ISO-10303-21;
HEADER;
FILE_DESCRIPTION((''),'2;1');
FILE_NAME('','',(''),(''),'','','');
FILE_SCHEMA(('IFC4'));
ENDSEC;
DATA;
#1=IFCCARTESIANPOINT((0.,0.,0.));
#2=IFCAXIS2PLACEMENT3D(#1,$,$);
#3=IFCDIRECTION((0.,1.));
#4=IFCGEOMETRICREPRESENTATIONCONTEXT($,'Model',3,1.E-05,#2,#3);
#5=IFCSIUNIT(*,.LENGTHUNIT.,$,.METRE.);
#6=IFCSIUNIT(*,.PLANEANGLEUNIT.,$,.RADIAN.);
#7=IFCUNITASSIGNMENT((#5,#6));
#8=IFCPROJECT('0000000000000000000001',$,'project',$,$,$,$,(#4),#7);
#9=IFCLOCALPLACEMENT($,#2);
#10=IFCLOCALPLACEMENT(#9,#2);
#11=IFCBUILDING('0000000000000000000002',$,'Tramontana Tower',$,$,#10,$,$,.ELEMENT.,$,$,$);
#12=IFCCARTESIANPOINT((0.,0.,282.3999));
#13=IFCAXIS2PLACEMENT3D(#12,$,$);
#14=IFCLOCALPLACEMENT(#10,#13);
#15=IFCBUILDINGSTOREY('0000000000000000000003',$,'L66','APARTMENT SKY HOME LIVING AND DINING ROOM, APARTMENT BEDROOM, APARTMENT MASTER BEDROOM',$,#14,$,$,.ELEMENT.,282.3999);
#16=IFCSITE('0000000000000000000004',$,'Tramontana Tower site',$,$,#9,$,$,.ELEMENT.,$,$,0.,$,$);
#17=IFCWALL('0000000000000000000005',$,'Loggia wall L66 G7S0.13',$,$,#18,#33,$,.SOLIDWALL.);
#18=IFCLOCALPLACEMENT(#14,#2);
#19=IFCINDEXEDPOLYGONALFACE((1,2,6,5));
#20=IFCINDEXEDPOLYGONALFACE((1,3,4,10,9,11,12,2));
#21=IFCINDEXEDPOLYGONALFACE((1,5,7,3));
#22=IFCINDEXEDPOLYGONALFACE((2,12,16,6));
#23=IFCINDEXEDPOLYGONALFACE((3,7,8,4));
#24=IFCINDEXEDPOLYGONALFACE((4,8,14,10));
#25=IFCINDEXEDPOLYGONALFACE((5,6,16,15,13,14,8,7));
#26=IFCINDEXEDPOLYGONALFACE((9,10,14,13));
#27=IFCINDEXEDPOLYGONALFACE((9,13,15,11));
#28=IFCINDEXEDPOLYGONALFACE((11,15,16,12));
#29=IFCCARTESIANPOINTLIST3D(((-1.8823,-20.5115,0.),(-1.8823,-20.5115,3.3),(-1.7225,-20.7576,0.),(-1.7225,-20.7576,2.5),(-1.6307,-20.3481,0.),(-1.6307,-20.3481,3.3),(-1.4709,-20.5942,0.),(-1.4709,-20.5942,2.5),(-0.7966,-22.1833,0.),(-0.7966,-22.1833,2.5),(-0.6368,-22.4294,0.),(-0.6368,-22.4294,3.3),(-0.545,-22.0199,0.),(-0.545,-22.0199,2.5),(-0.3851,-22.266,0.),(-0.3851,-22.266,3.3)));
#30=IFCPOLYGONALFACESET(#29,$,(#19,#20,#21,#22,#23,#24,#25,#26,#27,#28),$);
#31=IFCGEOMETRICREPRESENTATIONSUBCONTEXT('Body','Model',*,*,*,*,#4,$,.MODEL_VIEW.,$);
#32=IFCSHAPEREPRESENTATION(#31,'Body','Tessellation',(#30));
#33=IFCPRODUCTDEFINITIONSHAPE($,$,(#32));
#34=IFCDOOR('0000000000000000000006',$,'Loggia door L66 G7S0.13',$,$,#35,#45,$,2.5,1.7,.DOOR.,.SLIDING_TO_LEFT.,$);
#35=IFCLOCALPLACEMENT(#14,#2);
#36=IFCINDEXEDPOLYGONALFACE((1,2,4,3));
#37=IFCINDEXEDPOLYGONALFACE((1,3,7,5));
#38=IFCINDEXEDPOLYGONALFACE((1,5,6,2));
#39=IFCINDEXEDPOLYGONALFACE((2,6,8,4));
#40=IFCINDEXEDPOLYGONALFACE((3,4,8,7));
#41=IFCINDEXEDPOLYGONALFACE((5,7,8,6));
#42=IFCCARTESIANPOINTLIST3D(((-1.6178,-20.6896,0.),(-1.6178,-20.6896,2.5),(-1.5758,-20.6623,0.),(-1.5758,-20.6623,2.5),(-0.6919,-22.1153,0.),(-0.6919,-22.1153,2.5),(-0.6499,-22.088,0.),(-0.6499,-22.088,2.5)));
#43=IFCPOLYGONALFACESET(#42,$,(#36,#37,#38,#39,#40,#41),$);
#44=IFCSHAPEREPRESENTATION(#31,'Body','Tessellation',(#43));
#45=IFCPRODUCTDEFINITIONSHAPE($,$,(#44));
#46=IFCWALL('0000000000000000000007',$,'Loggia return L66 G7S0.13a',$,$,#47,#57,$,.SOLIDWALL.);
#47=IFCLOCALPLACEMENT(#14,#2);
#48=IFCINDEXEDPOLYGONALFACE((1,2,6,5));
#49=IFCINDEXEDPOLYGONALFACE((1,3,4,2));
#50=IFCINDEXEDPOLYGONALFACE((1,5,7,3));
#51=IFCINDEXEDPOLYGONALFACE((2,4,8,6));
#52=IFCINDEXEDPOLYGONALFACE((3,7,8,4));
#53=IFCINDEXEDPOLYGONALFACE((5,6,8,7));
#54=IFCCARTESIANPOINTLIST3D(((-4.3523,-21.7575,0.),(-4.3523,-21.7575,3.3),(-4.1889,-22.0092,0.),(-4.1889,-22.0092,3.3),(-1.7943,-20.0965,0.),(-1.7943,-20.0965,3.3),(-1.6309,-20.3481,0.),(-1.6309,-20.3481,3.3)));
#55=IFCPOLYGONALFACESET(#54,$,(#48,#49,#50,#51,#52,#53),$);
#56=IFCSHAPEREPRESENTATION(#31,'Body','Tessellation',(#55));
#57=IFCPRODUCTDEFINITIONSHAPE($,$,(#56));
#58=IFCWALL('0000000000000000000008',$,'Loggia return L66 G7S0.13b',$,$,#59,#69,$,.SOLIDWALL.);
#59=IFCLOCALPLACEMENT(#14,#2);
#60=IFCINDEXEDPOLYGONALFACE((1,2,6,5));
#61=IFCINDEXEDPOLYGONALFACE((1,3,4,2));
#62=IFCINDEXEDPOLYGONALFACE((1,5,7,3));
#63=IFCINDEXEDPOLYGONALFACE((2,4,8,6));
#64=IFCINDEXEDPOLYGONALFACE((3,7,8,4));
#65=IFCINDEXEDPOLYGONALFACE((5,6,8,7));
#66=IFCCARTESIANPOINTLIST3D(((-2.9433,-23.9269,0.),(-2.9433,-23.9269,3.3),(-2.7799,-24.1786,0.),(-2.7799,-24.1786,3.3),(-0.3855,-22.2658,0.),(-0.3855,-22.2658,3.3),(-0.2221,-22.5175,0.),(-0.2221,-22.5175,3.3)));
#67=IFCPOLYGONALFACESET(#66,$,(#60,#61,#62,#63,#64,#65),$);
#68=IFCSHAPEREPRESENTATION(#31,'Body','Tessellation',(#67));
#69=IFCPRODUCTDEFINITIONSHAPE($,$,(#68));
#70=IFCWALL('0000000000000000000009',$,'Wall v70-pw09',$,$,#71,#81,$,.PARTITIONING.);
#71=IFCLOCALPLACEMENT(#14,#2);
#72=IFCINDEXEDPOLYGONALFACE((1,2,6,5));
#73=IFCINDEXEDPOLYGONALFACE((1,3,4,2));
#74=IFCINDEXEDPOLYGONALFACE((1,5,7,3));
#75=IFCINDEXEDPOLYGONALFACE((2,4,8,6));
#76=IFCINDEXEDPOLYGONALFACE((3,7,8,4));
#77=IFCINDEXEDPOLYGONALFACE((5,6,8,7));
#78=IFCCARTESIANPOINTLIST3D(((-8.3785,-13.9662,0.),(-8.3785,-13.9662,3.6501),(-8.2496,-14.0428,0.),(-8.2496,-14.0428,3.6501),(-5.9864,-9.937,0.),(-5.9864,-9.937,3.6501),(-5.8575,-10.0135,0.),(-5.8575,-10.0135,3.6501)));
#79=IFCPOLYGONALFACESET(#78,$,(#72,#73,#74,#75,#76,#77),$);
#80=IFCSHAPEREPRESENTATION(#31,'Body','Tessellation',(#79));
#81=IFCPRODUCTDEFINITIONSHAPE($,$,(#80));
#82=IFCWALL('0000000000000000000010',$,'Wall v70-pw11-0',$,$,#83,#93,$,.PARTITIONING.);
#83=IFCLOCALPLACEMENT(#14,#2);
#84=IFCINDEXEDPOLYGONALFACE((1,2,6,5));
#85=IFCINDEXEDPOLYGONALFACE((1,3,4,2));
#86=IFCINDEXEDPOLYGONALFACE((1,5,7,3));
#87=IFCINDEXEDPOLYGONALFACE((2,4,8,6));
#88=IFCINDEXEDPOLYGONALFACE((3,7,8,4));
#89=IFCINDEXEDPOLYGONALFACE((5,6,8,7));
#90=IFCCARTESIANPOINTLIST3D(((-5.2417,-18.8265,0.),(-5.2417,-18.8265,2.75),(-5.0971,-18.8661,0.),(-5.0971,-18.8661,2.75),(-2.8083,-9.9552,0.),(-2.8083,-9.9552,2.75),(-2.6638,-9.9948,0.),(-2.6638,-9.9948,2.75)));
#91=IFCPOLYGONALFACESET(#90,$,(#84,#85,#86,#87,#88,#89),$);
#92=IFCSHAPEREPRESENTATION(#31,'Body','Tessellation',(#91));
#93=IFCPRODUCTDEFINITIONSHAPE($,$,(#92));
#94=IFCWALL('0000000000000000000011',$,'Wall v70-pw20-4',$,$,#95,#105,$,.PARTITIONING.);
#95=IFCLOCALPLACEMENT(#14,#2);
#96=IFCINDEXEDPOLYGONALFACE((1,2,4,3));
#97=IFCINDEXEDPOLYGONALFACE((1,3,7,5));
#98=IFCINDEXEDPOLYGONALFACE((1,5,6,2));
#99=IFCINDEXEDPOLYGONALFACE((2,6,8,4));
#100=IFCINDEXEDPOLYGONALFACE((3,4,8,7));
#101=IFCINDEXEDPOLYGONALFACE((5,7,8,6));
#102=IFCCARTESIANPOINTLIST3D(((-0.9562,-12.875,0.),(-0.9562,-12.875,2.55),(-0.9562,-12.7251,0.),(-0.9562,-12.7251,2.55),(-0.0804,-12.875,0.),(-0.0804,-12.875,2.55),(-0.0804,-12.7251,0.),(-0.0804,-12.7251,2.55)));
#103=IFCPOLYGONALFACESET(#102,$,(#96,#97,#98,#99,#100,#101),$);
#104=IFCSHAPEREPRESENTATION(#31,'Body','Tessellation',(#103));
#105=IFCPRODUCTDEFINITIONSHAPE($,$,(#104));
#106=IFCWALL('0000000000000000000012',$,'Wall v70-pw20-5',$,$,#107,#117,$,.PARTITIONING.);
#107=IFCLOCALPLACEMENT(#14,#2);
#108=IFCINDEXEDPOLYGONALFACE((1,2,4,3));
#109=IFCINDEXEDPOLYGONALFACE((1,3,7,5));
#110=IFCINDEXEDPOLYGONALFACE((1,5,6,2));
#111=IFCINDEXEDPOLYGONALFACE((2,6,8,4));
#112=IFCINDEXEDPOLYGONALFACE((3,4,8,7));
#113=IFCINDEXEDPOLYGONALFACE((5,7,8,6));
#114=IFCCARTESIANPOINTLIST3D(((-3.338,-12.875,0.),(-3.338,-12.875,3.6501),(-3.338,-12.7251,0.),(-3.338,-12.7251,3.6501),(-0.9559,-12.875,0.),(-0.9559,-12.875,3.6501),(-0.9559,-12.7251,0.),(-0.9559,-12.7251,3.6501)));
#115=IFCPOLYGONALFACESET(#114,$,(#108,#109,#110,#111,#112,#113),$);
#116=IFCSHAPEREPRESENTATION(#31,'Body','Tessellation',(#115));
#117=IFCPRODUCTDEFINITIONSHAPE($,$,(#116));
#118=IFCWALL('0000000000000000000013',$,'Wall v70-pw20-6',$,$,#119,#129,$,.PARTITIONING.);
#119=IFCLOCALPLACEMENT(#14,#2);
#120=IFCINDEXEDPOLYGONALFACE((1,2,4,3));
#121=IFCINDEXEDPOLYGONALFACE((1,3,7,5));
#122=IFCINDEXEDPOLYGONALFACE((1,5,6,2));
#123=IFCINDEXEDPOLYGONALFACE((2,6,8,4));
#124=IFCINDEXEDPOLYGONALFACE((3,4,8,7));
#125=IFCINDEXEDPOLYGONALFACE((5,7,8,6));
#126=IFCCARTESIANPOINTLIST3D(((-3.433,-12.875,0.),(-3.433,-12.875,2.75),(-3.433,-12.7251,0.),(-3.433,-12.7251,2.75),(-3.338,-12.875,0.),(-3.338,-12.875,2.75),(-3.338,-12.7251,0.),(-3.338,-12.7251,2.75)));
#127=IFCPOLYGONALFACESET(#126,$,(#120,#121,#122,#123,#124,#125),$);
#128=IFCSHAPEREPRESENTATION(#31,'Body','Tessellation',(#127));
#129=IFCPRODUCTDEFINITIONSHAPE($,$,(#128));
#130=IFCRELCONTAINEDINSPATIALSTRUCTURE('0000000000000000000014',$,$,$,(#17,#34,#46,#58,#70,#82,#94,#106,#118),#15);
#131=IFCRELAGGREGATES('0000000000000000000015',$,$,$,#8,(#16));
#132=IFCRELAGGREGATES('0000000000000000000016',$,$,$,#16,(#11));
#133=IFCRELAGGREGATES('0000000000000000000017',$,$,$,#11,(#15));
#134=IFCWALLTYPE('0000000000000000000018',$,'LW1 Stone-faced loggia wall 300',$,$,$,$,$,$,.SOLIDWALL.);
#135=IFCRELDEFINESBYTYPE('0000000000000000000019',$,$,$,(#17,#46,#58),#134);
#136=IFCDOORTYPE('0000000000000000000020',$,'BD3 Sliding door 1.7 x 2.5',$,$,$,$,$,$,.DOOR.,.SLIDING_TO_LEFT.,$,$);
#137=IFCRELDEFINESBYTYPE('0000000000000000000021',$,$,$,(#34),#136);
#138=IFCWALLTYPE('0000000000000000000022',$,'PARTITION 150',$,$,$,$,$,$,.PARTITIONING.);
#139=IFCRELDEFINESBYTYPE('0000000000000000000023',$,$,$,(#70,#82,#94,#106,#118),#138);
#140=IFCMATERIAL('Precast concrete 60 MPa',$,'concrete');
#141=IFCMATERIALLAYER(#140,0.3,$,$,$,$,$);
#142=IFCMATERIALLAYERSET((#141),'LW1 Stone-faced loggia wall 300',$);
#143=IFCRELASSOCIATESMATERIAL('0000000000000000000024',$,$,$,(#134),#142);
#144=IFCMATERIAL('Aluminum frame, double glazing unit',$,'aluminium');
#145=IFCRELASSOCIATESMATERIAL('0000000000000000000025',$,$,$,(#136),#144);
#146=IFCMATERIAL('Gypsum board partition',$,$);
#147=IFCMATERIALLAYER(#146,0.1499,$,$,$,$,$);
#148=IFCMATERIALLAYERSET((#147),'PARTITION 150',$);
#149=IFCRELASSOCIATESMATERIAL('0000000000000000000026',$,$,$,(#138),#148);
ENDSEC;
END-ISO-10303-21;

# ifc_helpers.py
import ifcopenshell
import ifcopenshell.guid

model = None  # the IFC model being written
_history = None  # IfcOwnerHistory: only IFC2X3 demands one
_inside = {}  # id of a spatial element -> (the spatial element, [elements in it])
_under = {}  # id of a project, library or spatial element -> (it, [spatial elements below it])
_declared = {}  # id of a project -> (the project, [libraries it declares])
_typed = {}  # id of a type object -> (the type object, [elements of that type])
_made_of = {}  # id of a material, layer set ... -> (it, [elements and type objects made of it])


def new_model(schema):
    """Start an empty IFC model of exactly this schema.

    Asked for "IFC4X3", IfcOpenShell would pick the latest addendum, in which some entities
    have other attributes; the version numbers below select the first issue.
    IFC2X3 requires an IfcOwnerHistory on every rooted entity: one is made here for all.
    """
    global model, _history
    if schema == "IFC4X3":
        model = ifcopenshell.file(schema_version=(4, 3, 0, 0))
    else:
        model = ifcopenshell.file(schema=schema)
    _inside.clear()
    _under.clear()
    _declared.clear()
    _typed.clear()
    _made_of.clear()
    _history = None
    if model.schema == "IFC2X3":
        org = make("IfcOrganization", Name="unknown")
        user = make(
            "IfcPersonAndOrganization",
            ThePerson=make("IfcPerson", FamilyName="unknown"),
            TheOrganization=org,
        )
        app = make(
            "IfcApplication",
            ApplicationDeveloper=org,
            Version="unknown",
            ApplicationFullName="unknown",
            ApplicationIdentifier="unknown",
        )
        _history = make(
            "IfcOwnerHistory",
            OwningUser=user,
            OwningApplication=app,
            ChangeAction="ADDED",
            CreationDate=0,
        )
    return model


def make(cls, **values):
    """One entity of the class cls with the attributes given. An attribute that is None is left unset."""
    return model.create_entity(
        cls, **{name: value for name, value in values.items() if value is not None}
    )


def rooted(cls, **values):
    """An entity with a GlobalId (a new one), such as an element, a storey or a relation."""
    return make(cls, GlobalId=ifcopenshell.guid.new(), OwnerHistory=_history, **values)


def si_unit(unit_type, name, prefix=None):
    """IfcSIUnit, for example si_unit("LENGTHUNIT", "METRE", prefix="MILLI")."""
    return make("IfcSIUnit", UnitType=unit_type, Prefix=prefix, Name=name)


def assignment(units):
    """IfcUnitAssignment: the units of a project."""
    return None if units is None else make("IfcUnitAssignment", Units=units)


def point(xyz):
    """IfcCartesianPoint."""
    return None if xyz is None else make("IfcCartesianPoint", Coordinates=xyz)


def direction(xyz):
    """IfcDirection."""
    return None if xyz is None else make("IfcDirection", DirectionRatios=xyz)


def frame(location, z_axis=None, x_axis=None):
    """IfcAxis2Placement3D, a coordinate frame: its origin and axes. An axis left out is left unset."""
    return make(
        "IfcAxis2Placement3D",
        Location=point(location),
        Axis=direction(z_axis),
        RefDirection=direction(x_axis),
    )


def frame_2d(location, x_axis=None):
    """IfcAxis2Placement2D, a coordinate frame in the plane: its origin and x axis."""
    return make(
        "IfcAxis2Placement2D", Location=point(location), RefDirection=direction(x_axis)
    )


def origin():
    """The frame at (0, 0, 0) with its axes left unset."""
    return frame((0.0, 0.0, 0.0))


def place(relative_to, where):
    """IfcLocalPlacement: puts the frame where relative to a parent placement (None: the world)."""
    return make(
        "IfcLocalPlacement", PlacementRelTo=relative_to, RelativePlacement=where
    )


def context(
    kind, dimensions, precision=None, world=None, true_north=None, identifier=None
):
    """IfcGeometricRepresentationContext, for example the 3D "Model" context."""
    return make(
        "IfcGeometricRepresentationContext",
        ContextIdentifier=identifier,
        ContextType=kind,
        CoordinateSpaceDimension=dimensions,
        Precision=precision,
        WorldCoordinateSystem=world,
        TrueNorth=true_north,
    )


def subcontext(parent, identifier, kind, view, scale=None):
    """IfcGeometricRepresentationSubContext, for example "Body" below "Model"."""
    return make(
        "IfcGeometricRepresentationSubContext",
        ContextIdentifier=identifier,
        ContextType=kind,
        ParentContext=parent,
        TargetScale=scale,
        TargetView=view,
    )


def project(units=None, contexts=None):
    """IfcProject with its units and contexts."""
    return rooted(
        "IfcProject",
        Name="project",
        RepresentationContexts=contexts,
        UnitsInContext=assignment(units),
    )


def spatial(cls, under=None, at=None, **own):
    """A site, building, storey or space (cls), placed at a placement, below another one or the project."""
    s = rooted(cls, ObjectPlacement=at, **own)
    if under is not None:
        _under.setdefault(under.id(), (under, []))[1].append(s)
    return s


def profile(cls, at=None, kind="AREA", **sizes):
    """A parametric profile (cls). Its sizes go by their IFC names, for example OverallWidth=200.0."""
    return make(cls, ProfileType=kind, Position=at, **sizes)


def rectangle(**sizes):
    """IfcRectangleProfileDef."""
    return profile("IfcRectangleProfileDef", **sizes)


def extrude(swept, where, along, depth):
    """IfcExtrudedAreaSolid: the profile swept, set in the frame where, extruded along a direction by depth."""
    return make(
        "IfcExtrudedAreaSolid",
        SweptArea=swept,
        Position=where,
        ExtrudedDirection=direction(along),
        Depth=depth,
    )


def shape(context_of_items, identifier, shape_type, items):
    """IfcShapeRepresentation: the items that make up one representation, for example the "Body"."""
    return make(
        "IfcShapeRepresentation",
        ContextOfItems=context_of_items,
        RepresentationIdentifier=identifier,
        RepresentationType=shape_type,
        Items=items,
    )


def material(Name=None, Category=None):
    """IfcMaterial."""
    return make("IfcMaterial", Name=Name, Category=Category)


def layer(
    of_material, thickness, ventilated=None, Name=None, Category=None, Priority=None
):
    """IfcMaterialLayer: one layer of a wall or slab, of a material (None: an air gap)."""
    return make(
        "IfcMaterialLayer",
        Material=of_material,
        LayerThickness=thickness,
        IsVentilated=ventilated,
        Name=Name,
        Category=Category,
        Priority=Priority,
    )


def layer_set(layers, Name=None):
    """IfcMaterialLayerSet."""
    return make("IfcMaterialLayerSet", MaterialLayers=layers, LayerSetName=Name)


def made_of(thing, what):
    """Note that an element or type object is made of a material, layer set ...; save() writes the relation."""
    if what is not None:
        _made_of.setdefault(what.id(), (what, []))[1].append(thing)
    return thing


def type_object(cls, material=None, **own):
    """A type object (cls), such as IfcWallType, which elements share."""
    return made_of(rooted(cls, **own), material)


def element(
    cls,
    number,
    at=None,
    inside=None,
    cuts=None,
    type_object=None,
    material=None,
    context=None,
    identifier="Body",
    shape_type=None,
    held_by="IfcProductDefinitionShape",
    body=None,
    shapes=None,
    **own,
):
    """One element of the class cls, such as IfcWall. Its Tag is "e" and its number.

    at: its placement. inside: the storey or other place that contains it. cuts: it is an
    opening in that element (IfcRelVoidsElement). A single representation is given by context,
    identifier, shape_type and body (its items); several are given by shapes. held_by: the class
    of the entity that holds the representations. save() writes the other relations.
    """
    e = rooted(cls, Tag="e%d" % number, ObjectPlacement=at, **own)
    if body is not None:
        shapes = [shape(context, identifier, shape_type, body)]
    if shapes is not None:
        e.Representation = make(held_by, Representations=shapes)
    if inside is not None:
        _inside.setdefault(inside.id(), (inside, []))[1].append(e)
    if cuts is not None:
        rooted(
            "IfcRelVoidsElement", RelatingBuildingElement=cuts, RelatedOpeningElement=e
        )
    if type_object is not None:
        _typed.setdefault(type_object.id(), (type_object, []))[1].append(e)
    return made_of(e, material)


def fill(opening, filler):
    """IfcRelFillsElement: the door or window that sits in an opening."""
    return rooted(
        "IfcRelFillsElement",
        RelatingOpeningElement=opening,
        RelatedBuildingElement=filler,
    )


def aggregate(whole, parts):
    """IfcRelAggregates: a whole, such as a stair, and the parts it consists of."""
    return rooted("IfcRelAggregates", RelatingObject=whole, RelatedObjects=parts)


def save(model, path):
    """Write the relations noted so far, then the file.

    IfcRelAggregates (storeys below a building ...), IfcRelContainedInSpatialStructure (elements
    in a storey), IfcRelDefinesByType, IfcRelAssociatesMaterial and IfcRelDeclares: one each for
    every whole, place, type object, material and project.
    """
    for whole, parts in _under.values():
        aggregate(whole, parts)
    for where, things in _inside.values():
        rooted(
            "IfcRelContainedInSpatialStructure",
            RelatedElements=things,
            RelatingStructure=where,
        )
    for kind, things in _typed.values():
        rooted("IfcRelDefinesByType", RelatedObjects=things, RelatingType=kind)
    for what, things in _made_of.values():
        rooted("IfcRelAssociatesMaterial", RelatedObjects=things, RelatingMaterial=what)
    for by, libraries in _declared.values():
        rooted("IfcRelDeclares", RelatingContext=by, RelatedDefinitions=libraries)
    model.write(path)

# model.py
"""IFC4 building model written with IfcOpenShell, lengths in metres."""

from ifc_helpers import new_model, si_unit, direction, frame, frame_2d, origin, place, context, subcontext, project, spatial, rectangle, extrude, material, layer, layer_set, type_object, element, fill, save


model = new_model("IFC4")

# Units and contexts
model_context = context("Model", 3, precision=1e-05, world=origin(), true_north=direction((0.0, 1.0)))
body_context = subcontext(model_context, "Body", "Model", "MODEL_VIEW")
ifc_project = project(units=[si_unit("LENGTHUNIT", "METRE"), si_unit("PLANEANGLEUNIT", "RADIAN")], contexts=[model_context])

# Site, building, storey
site_placement = place(None, origin())
site = spatial("IfcSite", under=ifc_project, at=site_placement, Name="Tramontana Tower site", CompositionType="ELEMENT", RefElevation=0.0)
building_placement = place(site_placement, origin())
building = spatial("IfcBuilding", under=site, at=building_placement, Name="Tramontana Tower", CompositionType="ELEMENT")
storey_placement = place(building_placement, frame((0.0, 0.0, 282.3999)))
storey = spatial("IfcBuildingStorey", under=building, at=storey_placement, Name="L66", Description="APARTMENT SKY HOME LIVING AND DINING ROOM, APARTMENT BEDROOM, APARTMENT MASTER BEDROOM", CompositionType="ELEMENT", Elevation=282.3999)

# Wall, opening, door
ifc_material_1 = material(Name="Precast concrete 60 MPa", Category="concrete")
ifc_layer_1 = layer(ifc_material_1, 0.3)
ifc_layer_set_1 = layer_set([ifc_layer_1], Name="LW1 Stone-faced loggia wall 300")
wall_type_1 = type_object("IfcWallType", Name="LW1 Stone-faced loggia wall 300", PredefinedType="SOLIDWALL", material=ifc_layer_set_1)
wall_1_placement = place(storey_placement, frame((-1.7566, -20.4297, 0.0), z_axis=(0.0, 0.0, 1.0), x_axis=(0.544658, -0.838658, 0.0)))
wall_1 = element("IfcWall", 1, at=wall_1_placement, inside=storey, type_object=wall_type_1, Name="Loggia wall L66 G7S0.13", PredefinedType="SOLIDWALL", context=body_context, shape_type="SweptSolid", body=[
    extrude(rectangle(XDim=2.2869, YDim=0.3, at=frame_2d((1.1436, 0.0))), origin(), (0.0, 0.0, 1.0), 3.3),
])
opening_1_placement = place(wall_1_placement, frame((0.2935, 0.0, 0.0)))
opening_1 = element("IfcOpeningElement", 2, at=opening_1_placement, cuts=wall_1, PredefinedType="OPENING", context=body_context, shape_type="SweptSolid", body=[
    extrude(rectangle(XDim=1.7, YDim=2.5, at=frame_2d((0.8501, 1.25))), frame((0.0, 0.1599, 0.0), z_axis=(0.0, -1.0, 0.0), x_axis=(1.0, 0.0, 0.0)), (0.0, 0.0, 1.0), 0.3201),
])
ifc_material_2 = material(Name="Aluminum frame, double glazing unit", Category="aluminium")
door_type = type_object("IfcDoorType", Name="BD3 Sliding door 1.7 x 2.5", OperationType="SLIDING_TO_LEFT", PredefinedType="DOOR", material=ifc_material_2)
door_placement = place(opening_1_placement, origin())
door = element("IfcDoor", 3, at=door_placement, inside=storey, type_object=door_type, Name="Loggia door L66 G7S0.13", OperationType="SLIDING_TO_LEFT", OverallHeight=2.5, OverallWidth=1.7, PredefinedType="DOOR", context=body_context, shape_type="SweptSolid", body=[
    extrude(rectangle(XDim=1.7, YDim=2.5, at=frame_2d((0.8501, 1.25))), frame((0.0, 0.0249, 0.0), z_axis=(0.0, -1.0, 0.0), x_axis=(1.0, 0.0, 0.0)), (0.0, 0.0, 1.0), 0.05),
])
fill(opening_1, door)

# Walls
wall_2_placement = place(storey_placement, frame((-4.2705, -21.8833, 0.0), z_axis=(0.0, 0.0, 1.0), x_axis=(0.838689, 0.544611, 0.0)))
element("IfcWall", 4, at=wall_2_placement, inside=storey, type_object=wall_type_1, Name="Loggia return L66 G7S0.13a", PredefinedType="SOLIDWALL", context=body_context, shape_type="SweptSolid", body=[
    extrude(rectangle(XDim=3.05, YDim=0.3, at=frame_2d((1.5249, 0.0))), origin(), (0.0, 0.0, 1.0), 3.3),
])
wall_3_placement = place(storey_placement, frame((-2.8616, -24.0527, 0.0), z_axis=(0.0, 0.0, 1.0), x_axis=(0.838665, 0.544648, 0.0)))
element("IfcWall", 5, at=wall_3_placement, inside=storey, type_object=wall_type_1, Name="Loggia return L66 G7S0.13b", PredefinedType="SOLIDWALL", context=body_context, shape_type="SweptSolid", body=[
    extrude(rectangle(XDim=3.0498, YDim=0.3, at=frame_2d((1.5249, 0.0))), origin(), (0.0, 0.0, 1.0), 3.3),
])
ifc_material_3 = material(Name="Gypsum board partition")
ifc_layer_2 = layer(ifc_material_3, 0.1499)
ifc_layer_set_2 = layer_set([ifc_layer_2], Name="PARTITION 150")
wall_type_2 = type_object("IfcWallType", Name="PARTITION 150", PredefinedType="PARTITIONING", material=ifc_layer_set_2)
wall_4_placement = place(storey_placement, frame((-8.314, -14.0044, 0.0), z_axis=(0.0, 0.0, 1.0), x_axis=(0.510491, 0.859883, 0.0)))
element("IfcWall", 6, at=wall_4_placement, inside=storey, type_object=wall_type_2, Name="Wall v70-pw09", PredefinedType="PARTITIONING", context=body_context, shape_type="SweptSolid", body=[
    extrude(rectangle(XDim=4.6858, YDim=0.1499, at=frame_2d((2.3428, 0.0))), origin(), (0.0, 0.0, 1.0), 3.6501),
])
wall_5_placement = place(storey_placement, frame((-5.1694, -18.8464, 0.0), z_axis=(0.0, 0.0, 1.0), x_axis=(0.264523, 0.964379, 0.0)))
element("IfcWall", 7, at=wall_5_placement, inside=storey, type_object=wall_type_2, Name="Wall v70-pw11-0", PredefinedType="PARTITIONING", context=body_context, shape_type="SweptSolid", body=[
    extrude(rectangle(XDim=9.199, YDim=0.1499, at=frame_2d((4.5996, 0.0))), origin(), (0.0, 0.0, 1.0), 2.75),
])
wall_6_placement = place(storey_placement, frame((-0.0803, -12.8, 0.0), z_axis=(0.0, 0.0, 1.0), x_axis=(-1.0, 0.0, 0.0)))
element("IfcWall", 8, at=wall_6_placement, inside=storey, type_object=wall_type_2, Name="Wall v70-pw20-4", PredefinedType="PARTITIONING", context=body_context, shape_type="SweptSolid", body=[
    extrude(rectangle(XDim=0.8757, YDim=0.1499, at=frame_2d((0.438, 0.0))), origin(), (0.0, 0.0, 1.0), 2.55),
])
wall_7_placement = place(storey_placement, frame((-0.9561, -12.8, 0.0), z_axis=(0.0, 0.0, 1.0), x_axis=(-1.0, 0.0, 0.0)))
element("IfcWall", 9, at=wall_7_placement, inside=storey, type_object=wall_type_2, Name="Wall v70-pw20-5", PredefinedType="PARTITIONING", context=body_context, shape_type="SweptSolid", body=[
    extrude(rectangle(XDim=2.3821, YDim=0.1499, at=frame_2d((1.1909, 0.0))), origin(), (0.0, 0.0, 1.0), 3.6501),
])
wall_8_placement = place(storey_placement, frame((-3.3381, -12.8, 0.0), z_axis=(0.0, 0.0, 1.0), x_axis=(-1.0, 0.0, 0.0)))
element("IfcWall", 10, at=wall_8_placement, inside=storey, type_object=wall_type_2, Name="Wall v70-pw20-6", PredefinedType="PARTITIONING", context=body_context, shape_type="SweptSolid", body=[
    extrude(rectangle(XDim=0.095, YDim=0.1499, at=frame_2d((0.0474, 0.0))), origin(), (0.0, 0.0, 1.0), 2.75),
])

save(model, "model.ifc")
